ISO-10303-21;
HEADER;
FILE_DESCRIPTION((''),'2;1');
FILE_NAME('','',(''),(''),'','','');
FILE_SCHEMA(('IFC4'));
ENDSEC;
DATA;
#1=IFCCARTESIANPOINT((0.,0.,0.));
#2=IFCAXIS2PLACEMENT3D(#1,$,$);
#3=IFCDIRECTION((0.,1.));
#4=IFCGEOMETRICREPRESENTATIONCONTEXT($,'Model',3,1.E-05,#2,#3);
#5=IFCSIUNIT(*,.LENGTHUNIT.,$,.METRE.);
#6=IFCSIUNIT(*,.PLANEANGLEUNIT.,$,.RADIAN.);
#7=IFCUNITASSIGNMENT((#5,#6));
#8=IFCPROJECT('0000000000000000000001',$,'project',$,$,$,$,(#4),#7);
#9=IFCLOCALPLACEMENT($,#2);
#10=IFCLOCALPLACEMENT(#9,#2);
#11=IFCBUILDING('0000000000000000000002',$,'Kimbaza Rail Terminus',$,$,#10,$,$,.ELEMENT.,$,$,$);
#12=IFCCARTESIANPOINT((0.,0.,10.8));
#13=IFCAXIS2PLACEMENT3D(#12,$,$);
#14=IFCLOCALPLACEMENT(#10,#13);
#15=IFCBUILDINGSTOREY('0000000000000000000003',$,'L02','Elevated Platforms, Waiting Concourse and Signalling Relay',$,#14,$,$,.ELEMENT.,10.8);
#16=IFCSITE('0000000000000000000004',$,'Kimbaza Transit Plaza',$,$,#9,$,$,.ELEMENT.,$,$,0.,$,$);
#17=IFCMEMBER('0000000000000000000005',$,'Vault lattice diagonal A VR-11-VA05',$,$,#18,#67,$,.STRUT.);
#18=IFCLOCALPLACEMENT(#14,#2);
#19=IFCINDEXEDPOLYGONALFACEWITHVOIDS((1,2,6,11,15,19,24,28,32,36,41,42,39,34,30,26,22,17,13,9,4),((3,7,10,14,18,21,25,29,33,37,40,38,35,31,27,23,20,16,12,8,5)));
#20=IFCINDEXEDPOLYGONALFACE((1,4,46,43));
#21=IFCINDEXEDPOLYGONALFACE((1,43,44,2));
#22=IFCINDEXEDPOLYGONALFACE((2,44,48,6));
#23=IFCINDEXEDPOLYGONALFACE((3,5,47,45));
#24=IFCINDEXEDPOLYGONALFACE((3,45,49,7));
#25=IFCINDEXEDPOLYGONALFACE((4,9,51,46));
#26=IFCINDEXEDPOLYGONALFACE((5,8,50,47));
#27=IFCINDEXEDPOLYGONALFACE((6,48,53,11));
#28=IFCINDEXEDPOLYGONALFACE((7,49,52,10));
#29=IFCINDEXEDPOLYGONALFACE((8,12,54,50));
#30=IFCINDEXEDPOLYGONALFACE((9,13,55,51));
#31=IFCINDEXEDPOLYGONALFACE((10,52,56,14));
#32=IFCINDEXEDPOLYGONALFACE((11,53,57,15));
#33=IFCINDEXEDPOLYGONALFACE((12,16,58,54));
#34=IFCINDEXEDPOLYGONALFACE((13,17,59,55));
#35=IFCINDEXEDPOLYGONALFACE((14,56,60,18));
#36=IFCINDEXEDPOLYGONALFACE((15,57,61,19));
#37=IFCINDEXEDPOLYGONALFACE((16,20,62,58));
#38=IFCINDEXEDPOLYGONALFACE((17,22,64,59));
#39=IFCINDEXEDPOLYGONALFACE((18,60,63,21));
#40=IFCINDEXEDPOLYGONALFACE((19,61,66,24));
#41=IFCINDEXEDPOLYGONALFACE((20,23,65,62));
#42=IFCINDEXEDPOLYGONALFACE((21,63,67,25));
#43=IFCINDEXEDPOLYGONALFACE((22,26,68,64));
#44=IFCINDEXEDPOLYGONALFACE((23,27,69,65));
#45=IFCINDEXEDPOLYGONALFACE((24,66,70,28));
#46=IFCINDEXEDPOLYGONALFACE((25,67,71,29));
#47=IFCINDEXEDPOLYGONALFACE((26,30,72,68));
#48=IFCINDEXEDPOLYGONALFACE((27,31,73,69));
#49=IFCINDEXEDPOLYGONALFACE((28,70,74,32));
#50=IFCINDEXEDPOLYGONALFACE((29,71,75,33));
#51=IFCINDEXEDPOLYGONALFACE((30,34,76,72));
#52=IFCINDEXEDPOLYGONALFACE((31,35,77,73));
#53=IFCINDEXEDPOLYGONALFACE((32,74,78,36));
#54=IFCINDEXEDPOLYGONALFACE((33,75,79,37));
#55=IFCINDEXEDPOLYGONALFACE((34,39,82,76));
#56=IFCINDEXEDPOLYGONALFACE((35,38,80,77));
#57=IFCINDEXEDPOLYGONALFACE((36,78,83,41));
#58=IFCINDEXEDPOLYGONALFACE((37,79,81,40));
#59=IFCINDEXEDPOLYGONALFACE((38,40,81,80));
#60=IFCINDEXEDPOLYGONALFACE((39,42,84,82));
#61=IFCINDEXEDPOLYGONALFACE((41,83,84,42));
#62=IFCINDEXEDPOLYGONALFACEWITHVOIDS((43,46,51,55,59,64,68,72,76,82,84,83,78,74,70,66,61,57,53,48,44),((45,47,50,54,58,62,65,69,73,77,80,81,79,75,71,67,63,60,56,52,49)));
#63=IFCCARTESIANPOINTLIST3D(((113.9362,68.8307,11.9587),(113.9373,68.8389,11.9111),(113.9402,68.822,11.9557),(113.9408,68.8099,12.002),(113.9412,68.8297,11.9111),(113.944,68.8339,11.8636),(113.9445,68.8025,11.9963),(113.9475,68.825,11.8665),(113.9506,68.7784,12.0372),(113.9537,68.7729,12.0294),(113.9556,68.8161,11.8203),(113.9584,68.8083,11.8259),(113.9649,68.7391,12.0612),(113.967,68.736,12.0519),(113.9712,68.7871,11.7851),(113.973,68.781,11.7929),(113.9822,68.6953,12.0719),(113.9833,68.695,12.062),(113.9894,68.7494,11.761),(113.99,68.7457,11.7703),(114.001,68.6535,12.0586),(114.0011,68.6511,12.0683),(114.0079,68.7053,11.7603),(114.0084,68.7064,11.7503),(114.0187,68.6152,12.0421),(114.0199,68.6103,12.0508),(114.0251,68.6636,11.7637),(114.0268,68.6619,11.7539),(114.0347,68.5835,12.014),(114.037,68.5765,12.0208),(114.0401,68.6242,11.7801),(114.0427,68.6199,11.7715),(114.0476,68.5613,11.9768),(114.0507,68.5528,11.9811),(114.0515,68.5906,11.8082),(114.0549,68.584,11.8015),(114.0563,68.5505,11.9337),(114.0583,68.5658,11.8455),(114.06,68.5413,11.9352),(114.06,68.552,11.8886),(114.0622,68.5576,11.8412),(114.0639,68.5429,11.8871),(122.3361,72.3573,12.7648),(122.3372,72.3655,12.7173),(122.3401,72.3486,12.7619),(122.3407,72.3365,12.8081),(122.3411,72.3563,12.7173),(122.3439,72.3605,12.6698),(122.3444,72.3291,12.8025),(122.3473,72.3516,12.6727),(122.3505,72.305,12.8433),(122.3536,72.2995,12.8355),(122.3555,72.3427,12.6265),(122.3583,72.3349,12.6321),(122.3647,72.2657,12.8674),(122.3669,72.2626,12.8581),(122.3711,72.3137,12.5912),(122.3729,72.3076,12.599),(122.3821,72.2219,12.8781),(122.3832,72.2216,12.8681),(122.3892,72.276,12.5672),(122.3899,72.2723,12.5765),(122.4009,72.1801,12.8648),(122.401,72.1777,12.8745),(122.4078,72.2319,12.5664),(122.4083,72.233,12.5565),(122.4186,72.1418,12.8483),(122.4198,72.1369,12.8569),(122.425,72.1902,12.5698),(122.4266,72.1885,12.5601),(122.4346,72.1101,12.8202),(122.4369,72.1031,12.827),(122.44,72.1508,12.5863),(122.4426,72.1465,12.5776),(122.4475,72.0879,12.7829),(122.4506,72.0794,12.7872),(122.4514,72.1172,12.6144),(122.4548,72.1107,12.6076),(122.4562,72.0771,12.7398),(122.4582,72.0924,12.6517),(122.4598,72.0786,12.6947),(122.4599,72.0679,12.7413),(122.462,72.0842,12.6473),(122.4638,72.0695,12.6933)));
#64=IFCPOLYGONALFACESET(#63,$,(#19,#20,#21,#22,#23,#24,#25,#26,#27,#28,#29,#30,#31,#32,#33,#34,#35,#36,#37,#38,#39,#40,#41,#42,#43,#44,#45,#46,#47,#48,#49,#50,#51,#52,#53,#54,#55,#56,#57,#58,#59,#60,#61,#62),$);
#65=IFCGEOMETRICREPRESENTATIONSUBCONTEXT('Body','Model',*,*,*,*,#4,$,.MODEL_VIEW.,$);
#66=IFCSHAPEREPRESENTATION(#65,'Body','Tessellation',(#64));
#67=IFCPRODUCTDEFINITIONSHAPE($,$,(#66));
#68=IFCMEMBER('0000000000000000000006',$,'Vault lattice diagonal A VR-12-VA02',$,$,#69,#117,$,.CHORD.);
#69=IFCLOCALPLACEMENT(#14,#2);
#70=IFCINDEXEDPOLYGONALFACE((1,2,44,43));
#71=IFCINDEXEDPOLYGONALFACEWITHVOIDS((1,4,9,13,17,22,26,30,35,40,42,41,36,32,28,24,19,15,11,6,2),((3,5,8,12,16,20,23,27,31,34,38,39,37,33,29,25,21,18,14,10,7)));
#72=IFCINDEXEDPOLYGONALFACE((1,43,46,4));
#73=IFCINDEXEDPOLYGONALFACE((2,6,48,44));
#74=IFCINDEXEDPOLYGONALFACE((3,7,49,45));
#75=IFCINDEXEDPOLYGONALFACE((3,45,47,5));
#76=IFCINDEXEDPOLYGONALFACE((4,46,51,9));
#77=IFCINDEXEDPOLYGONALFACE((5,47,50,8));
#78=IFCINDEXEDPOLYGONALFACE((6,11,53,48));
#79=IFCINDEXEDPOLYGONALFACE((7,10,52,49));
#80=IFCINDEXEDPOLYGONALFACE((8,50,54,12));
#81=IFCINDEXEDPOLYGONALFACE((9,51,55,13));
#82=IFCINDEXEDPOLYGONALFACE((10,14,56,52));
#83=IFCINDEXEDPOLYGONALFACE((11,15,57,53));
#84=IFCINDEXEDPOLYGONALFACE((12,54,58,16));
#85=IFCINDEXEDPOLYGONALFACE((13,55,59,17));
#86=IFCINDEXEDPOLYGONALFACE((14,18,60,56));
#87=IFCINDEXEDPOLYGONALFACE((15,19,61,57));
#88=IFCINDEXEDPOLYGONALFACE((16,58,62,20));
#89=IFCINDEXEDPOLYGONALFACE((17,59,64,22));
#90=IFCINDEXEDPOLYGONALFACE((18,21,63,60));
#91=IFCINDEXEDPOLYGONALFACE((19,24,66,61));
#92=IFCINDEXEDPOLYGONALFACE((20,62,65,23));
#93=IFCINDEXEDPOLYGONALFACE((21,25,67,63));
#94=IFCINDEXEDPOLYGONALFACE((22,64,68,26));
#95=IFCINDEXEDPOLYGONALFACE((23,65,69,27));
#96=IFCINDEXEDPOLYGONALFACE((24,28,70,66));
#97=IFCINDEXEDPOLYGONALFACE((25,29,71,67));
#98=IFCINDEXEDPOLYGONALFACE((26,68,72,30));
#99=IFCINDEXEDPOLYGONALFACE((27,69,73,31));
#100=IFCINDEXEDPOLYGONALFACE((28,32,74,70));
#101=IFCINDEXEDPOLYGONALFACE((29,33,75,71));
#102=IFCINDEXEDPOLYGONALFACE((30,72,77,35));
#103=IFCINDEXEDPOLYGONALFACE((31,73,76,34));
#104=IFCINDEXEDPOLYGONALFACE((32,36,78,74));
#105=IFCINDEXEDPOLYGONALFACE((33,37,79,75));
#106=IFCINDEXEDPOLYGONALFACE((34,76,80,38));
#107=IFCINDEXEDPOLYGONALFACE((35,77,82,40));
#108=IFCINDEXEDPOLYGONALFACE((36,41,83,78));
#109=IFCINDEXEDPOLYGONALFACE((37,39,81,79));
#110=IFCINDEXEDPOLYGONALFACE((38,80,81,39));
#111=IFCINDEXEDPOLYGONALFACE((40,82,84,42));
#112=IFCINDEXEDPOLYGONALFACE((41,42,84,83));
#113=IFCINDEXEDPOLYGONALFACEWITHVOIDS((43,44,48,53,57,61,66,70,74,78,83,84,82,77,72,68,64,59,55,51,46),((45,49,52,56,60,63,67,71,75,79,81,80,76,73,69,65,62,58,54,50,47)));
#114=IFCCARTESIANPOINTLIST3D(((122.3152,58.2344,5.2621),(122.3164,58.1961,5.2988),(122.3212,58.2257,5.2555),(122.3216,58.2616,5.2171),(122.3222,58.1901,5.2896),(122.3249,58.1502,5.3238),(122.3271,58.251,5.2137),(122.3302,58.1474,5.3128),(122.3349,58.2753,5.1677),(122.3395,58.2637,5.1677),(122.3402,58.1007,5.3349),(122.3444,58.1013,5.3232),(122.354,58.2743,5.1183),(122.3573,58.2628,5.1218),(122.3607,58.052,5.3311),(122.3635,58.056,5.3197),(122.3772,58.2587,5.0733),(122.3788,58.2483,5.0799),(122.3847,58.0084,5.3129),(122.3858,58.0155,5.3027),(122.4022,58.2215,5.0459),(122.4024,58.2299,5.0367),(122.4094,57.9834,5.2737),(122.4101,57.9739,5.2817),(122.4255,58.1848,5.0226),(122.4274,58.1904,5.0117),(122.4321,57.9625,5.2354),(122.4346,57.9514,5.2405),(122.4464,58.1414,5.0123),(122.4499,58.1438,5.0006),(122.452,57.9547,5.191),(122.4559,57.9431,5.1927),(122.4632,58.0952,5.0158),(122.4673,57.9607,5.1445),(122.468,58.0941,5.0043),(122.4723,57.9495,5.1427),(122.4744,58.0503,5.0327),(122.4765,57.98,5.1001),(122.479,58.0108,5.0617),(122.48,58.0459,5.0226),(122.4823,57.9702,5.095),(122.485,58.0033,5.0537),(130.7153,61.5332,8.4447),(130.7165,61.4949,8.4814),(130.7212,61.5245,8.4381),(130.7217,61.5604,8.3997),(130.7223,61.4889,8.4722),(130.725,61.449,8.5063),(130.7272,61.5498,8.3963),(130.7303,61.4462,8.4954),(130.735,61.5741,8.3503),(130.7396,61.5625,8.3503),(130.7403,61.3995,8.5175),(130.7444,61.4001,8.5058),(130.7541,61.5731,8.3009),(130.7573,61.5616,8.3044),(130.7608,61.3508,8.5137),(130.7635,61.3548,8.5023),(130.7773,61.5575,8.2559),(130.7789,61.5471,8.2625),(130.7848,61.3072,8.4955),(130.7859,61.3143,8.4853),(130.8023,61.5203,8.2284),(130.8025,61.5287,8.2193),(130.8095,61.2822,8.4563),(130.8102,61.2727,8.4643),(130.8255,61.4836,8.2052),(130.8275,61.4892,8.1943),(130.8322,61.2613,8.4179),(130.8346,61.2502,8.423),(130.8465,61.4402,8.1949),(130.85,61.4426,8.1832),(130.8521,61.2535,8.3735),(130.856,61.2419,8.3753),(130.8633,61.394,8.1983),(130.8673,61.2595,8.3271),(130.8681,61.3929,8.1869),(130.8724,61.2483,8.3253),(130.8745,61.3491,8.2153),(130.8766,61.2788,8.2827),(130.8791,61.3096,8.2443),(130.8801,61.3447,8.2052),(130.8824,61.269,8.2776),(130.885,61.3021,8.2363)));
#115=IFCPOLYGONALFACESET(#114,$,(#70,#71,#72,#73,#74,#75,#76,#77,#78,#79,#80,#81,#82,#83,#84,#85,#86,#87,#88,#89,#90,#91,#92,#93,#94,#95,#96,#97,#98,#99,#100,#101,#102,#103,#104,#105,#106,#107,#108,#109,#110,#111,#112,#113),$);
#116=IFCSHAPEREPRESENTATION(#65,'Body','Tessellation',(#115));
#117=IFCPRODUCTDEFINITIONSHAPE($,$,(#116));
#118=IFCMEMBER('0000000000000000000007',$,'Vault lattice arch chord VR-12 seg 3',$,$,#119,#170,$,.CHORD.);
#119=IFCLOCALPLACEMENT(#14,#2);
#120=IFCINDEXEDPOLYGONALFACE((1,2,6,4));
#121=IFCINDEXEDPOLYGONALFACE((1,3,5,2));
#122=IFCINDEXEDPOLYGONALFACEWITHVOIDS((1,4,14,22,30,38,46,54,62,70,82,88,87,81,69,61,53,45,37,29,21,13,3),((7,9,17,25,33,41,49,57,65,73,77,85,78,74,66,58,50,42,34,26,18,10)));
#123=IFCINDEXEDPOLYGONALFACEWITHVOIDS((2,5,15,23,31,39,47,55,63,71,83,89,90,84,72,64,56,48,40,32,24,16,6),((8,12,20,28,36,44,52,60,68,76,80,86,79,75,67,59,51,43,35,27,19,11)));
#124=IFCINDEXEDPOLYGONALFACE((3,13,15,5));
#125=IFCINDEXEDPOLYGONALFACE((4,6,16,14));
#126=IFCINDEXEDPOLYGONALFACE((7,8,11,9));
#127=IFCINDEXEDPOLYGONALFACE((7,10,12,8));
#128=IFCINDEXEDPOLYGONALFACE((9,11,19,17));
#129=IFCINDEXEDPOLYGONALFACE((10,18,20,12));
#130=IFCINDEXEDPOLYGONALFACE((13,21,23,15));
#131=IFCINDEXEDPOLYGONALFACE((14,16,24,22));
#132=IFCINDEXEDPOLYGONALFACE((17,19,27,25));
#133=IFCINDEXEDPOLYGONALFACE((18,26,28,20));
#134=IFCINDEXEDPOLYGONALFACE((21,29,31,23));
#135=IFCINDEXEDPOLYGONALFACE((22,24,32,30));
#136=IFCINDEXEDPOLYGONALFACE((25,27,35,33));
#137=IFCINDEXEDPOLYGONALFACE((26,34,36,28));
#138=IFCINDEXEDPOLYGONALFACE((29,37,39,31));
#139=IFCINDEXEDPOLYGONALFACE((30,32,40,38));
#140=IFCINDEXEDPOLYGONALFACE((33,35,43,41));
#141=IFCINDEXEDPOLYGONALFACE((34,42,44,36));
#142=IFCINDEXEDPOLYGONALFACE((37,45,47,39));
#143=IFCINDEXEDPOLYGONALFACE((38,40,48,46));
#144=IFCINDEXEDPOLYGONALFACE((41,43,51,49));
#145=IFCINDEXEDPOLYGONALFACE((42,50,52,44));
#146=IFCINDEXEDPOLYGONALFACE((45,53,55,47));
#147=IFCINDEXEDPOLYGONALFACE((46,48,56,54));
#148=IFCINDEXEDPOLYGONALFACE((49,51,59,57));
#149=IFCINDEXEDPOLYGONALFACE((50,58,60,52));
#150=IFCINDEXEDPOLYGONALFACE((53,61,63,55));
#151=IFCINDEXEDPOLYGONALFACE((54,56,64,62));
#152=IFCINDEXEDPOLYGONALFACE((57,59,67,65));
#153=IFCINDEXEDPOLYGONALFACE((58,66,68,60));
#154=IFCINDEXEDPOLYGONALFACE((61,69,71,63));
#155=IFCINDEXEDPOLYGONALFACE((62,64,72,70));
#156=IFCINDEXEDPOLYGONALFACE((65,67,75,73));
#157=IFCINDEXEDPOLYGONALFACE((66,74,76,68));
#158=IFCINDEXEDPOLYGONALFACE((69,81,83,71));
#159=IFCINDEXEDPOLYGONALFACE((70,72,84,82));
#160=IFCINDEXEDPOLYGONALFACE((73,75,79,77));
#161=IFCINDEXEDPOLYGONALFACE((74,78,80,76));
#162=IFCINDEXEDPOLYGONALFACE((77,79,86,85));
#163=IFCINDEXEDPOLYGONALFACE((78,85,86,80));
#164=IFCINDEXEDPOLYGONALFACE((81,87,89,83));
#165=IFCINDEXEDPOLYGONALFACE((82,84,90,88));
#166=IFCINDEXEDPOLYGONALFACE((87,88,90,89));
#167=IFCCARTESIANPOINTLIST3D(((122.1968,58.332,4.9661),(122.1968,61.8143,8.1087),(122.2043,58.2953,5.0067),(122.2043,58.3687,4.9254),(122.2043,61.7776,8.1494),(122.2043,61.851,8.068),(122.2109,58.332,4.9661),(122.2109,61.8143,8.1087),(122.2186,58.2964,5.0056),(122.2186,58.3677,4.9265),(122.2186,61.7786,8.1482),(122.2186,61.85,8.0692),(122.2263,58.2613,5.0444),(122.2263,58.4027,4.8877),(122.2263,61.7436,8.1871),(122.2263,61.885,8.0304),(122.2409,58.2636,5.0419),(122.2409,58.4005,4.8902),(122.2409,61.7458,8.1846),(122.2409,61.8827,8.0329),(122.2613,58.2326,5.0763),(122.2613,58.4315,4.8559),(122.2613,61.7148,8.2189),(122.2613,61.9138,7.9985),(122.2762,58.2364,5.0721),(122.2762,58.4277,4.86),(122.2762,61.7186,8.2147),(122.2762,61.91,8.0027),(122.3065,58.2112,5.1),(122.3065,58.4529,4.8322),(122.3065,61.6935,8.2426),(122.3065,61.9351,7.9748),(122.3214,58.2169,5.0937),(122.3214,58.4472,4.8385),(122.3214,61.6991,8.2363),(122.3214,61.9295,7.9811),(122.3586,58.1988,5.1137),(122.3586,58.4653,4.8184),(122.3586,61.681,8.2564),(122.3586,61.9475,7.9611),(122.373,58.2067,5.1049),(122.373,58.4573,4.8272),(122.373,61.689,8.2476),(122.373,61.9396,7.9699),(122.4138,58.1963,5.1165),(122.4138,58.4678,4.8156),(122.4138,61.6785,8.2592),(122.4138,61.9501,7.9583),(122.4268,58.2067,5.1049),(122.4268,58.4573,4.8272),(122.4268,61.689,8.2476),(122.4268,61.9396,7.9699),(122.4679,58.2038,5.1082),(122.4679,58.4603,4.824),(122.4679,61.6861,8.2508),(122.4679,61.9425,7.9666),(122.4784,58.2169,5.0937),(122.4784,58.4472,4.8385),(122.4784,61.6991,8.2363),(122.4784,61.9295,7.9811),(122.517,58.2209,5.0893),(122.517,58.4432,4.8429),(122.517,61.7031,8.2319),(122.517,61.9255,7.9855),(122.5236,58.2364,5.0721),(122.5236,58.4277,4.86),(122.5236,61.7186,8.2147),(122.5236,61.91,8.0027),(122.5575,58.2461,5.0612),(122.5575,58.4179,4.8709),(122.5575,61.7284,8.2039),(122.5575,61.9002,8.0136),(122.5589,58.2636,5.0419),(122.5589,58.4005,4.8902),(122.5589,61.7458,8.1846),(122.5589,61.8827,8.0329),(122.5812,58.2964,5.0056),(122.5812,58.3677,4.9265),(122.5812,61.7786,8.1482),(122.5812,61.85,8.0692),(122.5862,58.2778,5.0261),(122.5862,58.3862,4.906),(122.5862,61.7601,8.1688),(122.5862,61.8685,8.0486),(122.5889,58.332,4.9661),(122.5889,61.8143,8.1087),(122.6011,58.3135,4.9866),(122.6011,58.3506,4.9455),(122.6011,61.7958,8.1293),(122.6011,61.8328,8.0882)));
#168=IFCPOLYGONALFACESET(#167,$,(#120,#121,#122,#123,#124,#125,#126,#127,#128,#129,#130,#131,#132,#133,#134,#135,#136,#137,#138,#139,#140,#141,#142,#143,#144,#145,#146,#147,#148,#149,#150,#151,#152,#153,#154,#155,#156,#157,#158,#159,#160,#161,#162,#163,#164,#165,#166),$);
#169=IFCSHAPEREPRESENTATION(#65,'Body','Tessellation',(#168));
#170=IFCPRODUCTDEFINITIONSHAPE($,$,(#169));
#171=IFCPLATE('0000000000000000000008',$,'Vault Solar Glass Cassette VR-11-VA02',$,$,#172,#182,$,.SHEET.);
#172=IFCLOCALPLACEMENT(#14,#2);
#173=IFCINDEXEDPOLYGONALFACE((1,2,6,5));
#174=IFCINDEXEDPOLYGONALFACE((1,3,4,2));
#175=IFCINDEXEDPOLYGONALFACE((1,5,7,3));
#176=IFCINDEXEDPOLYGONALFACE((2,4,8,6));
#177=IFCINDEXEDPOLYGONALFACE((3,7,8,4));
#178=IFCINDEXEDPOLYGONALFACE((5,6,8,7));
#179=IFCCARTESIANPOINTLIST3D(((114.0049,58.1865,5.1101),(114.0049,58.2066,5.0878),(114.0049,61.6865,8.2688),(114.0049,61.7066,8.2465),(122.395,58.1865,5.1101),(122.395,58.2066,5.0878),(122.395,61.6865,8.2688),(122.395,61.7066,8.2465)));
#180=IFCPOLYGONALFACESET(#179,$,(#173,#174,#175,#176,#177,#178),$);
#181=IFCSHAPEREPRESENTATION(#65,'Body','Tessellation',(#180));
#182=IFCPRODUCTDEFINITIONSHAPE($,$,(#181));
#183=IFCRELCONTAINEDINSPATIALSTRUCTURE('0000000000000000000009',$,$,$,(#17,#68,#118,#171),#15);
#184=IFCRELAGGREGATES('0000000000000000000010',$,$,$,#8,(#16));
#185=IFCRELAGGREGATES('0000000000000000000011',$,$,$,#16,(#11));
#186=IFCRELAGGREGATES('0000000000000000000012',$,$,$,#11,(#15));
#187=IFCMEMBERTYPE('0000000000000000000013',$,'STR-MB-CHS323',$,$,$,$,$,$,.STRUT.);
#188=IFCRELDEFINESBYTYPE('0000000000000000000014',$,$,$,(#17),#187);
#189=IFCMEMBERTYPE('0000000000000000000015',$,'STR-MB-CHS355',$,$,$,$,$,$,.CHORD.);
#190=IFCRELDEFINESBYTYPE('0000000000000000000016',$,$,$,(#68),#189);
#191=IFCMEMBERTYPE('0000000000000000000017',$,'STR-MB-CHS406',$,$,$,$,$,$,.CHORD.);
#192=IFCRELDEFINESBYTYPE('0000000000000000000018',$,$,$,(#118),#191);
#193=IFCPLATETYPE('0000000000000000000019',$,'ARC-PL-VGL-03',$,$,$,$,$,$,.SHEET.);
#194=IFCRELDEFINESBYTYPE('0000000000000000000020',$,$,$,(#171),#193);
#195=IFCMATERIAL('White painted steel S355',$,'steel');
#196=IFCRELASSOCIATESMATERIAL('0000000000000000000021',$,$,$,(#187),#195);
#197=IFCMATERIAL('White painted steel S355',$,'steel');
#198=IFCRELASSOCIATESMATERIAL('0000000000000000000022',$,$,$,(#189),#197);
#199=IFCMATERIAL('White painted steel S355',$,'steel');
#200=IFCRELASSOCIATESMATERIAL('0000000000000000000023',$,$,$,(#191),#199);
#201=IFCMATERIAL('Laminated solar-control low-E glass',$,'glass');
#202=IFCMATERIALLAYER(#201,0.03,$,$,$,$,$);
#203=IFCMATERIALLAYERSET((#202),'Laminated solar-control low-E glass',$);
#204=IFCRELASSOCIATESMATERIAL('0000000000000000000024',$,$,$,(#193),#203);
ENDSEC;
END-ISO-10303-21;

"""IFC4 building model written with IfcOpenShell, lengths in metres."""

from ifc_helpers import new_model, si_unit, direction, frame, origin, origin_2d, place, context, subcontext, project, spatial, polyline, hollow_circle, outline, extrude, material, layer, layer_set, material_profile, profile_set, type_object, element, save


model = new_model("IFC4")

# Units and contexts
model_context = context("Model", 3, precision=1e-05, world=origin(), true_north=direction((0.0, 1.0)))
body_context = subcontext(model_context, "Body", "Model", "MODEL_VIEW")
ifc_project = project(units=[si_unit("LENGTHUNIT", "METRE"), si_unit("PLANEANGLEUNIT", "RADIAN")], contexts=[model_context])

# Site, building, storey
site_placement = place(None, origin())
site = spatial("IfcSite", under=ifc_project, at=site_placement, Name="Kimbaza Transit Plaza", CompositionType="ELEMENT", RefElevation=0.0)
building_placement = place(site_placement, origin())
building = spatial("IfcBuilding", under=site, at=building_placement, Name="Kimbaza Rail Terminus", CompositionType="ELEMENT")
storey_placement = place(building_placement, frame((0.0, 0.0, 10.8)))
storey = spatial("IfcBuildingStorey", under=building, at=storey_placement, Name="L02", Description="Elevated Platforms, Waiting Concourse and Signalling Relay", CompositionType="ELEMENT", Elevation=10.8)

# Members
ifc_material_1 = material(Name="White painted steel S355", Category="steel")
ifc_material_profile_1 = material_profile(ifc_material_1, hollow_circle(Radius=0.1619, WallThickness=0.01, at=origin_2d()), Name="CHS 323.9x10")
ifc_profile_set_1 = profile_set([ifc_material_profile_1], Name="White painted steel S355")
member_type_1 = type_object("IfcMemberType", Name="STR-MB-CHS323", PredefinedType="STRUT", material=ifc_profile_set_1)
member_1_placement = place(storey_placement, frame((114.0, 68.6897, 11.9111), z_axis=(0.918446, 0.3856, 0.088145), x_axis=(-0.387107, 0.922035, 0.0)))
element("IfcMember", 1, at=member_1_placement, inside=storey, type_object=member_type_1, Name="Vault lattice diagonal A VR-11-VA05", PredefinedType="STRUT", context=body_context, shape_type="SweptSolid", body=[
    extrude(hollow_circle(Radius=0.1619, WallThickness=0.01, at=origin_2d()), origin(), (0.0, 0.0, 1.0), 9.1458),
])
ifc_material_2 = material(Name="White painted steel S355", Category="steel")
ifc_material_profile_2 = material_profile(ifc_material_2, hollow_circle(Radius=0.1777, WallThickness=0.0125, at=origin_2d()), Name="CHS 355.6x12.5")
ifc_profile_set_2 = profile_set([ifc_material_profile_2], Name="White painted steel S355")
member_type_2 = type_object("IfcMemberType", Name="STR-MB-CHS355", PredefinedType="CHORD", material=ifc_profile_set_2)
member_2_placement = place(storey_placement, frame((122.3999, 58.1099, 5.1677), z_axis=(0.877812, 0.344726, 0.332582), x_axis=(-0.365534, 0.930798, 0.0)))
element("IfcMember", 2, at=member_2_placement, inside=storey, type_object=member_type_2, Name="Vault lattice diagonal A VR-12-VA02", PredefinedType="CHORD", context=body_context, shape_type="SweptSolid", body=[
    extrude(hollow_circle(Radius=0.1777, WallThickness=0.0125, at=origin_2d()), origin(), (0.0, 0.0, 1.0), 9.5693),
])
ifc_material_3 = material(Name="White painted steel S355", Category="steel")
ifc_material_profile_3 = material_profile(ifc_material_3, hollow_circle(Radius=0.2031, WallThickness=0.0142, at=origin_2d()), Name="CHS 406.4x14.2")
ifc_profile_set_3 = profile_set([ifc_material_profile_3], Name="White painted steel S355")
member_type_3 = type_object("IfcMemberType", Name="STR-MB-CHS406", PredefinedType="CHORD", material=ifc_profile_set_3)
member_3_placement = place(storey_placement, frame((122.3999, 58.332, 4.9661), z_axis=(0.0, 0.74238, 0.669979), x_axis=(-1.0, 0.0, 0.0)))
element("IfcMember", 3, at=member_3_placement, inside=storey, type_object=member_type_3, Name="Vault lattice arch chord VR-12 seg 3", PredefinedType="CHORD", context=body_context, shape_type="SweptSolid", body=[
    extrude(hollow_circle(Radius=0.2031, WallThickness=0.0142, at=origin_2d()), origin(), (0.0, 0.0, 1.0), 4.6907),
])

# Plate
ifc_material_4 = material(Name="Laminated solar-control low-E glass", Category="glass")
ifc_layer_1 = layer(ifc_material_4, 0.03)
ifc_layer_set_1 = layer_set([ifc_layer_1], Name="Laminated solar-control low-E glass")
plate_type_1 = type_object("IfcPlateType", Name="ARC-PL-VGL-03", PredefinedType="SHEET", material=ifc_layer_set_1)
plate_1_placement = place(storey_placement, frame((114.0049, 58.1865, 5.1101), z_axis=(0.0, -0.669983, 0.742377), x_axis=(1.0, 0.0, 0.0)))
element("IfcPlate", 4, at=plate_1_placement, inside=storey, type_object=plate_type_1, Name="Vault Solar Glass Cassette VR-11-VA02", PredefinedType="SHEET", context=body_context, shape_type="SweptSolid", body=[
    extrude(outline(polyline([(0.0, 0.0), (8.3901, 0.0), (8.3901, 4.7146), (0.0, 4.7146), (0.0, 0.0)])), origin(), (0.0, 0.0, -1.0), 0.03),
])

save(model, "model.ifc")
